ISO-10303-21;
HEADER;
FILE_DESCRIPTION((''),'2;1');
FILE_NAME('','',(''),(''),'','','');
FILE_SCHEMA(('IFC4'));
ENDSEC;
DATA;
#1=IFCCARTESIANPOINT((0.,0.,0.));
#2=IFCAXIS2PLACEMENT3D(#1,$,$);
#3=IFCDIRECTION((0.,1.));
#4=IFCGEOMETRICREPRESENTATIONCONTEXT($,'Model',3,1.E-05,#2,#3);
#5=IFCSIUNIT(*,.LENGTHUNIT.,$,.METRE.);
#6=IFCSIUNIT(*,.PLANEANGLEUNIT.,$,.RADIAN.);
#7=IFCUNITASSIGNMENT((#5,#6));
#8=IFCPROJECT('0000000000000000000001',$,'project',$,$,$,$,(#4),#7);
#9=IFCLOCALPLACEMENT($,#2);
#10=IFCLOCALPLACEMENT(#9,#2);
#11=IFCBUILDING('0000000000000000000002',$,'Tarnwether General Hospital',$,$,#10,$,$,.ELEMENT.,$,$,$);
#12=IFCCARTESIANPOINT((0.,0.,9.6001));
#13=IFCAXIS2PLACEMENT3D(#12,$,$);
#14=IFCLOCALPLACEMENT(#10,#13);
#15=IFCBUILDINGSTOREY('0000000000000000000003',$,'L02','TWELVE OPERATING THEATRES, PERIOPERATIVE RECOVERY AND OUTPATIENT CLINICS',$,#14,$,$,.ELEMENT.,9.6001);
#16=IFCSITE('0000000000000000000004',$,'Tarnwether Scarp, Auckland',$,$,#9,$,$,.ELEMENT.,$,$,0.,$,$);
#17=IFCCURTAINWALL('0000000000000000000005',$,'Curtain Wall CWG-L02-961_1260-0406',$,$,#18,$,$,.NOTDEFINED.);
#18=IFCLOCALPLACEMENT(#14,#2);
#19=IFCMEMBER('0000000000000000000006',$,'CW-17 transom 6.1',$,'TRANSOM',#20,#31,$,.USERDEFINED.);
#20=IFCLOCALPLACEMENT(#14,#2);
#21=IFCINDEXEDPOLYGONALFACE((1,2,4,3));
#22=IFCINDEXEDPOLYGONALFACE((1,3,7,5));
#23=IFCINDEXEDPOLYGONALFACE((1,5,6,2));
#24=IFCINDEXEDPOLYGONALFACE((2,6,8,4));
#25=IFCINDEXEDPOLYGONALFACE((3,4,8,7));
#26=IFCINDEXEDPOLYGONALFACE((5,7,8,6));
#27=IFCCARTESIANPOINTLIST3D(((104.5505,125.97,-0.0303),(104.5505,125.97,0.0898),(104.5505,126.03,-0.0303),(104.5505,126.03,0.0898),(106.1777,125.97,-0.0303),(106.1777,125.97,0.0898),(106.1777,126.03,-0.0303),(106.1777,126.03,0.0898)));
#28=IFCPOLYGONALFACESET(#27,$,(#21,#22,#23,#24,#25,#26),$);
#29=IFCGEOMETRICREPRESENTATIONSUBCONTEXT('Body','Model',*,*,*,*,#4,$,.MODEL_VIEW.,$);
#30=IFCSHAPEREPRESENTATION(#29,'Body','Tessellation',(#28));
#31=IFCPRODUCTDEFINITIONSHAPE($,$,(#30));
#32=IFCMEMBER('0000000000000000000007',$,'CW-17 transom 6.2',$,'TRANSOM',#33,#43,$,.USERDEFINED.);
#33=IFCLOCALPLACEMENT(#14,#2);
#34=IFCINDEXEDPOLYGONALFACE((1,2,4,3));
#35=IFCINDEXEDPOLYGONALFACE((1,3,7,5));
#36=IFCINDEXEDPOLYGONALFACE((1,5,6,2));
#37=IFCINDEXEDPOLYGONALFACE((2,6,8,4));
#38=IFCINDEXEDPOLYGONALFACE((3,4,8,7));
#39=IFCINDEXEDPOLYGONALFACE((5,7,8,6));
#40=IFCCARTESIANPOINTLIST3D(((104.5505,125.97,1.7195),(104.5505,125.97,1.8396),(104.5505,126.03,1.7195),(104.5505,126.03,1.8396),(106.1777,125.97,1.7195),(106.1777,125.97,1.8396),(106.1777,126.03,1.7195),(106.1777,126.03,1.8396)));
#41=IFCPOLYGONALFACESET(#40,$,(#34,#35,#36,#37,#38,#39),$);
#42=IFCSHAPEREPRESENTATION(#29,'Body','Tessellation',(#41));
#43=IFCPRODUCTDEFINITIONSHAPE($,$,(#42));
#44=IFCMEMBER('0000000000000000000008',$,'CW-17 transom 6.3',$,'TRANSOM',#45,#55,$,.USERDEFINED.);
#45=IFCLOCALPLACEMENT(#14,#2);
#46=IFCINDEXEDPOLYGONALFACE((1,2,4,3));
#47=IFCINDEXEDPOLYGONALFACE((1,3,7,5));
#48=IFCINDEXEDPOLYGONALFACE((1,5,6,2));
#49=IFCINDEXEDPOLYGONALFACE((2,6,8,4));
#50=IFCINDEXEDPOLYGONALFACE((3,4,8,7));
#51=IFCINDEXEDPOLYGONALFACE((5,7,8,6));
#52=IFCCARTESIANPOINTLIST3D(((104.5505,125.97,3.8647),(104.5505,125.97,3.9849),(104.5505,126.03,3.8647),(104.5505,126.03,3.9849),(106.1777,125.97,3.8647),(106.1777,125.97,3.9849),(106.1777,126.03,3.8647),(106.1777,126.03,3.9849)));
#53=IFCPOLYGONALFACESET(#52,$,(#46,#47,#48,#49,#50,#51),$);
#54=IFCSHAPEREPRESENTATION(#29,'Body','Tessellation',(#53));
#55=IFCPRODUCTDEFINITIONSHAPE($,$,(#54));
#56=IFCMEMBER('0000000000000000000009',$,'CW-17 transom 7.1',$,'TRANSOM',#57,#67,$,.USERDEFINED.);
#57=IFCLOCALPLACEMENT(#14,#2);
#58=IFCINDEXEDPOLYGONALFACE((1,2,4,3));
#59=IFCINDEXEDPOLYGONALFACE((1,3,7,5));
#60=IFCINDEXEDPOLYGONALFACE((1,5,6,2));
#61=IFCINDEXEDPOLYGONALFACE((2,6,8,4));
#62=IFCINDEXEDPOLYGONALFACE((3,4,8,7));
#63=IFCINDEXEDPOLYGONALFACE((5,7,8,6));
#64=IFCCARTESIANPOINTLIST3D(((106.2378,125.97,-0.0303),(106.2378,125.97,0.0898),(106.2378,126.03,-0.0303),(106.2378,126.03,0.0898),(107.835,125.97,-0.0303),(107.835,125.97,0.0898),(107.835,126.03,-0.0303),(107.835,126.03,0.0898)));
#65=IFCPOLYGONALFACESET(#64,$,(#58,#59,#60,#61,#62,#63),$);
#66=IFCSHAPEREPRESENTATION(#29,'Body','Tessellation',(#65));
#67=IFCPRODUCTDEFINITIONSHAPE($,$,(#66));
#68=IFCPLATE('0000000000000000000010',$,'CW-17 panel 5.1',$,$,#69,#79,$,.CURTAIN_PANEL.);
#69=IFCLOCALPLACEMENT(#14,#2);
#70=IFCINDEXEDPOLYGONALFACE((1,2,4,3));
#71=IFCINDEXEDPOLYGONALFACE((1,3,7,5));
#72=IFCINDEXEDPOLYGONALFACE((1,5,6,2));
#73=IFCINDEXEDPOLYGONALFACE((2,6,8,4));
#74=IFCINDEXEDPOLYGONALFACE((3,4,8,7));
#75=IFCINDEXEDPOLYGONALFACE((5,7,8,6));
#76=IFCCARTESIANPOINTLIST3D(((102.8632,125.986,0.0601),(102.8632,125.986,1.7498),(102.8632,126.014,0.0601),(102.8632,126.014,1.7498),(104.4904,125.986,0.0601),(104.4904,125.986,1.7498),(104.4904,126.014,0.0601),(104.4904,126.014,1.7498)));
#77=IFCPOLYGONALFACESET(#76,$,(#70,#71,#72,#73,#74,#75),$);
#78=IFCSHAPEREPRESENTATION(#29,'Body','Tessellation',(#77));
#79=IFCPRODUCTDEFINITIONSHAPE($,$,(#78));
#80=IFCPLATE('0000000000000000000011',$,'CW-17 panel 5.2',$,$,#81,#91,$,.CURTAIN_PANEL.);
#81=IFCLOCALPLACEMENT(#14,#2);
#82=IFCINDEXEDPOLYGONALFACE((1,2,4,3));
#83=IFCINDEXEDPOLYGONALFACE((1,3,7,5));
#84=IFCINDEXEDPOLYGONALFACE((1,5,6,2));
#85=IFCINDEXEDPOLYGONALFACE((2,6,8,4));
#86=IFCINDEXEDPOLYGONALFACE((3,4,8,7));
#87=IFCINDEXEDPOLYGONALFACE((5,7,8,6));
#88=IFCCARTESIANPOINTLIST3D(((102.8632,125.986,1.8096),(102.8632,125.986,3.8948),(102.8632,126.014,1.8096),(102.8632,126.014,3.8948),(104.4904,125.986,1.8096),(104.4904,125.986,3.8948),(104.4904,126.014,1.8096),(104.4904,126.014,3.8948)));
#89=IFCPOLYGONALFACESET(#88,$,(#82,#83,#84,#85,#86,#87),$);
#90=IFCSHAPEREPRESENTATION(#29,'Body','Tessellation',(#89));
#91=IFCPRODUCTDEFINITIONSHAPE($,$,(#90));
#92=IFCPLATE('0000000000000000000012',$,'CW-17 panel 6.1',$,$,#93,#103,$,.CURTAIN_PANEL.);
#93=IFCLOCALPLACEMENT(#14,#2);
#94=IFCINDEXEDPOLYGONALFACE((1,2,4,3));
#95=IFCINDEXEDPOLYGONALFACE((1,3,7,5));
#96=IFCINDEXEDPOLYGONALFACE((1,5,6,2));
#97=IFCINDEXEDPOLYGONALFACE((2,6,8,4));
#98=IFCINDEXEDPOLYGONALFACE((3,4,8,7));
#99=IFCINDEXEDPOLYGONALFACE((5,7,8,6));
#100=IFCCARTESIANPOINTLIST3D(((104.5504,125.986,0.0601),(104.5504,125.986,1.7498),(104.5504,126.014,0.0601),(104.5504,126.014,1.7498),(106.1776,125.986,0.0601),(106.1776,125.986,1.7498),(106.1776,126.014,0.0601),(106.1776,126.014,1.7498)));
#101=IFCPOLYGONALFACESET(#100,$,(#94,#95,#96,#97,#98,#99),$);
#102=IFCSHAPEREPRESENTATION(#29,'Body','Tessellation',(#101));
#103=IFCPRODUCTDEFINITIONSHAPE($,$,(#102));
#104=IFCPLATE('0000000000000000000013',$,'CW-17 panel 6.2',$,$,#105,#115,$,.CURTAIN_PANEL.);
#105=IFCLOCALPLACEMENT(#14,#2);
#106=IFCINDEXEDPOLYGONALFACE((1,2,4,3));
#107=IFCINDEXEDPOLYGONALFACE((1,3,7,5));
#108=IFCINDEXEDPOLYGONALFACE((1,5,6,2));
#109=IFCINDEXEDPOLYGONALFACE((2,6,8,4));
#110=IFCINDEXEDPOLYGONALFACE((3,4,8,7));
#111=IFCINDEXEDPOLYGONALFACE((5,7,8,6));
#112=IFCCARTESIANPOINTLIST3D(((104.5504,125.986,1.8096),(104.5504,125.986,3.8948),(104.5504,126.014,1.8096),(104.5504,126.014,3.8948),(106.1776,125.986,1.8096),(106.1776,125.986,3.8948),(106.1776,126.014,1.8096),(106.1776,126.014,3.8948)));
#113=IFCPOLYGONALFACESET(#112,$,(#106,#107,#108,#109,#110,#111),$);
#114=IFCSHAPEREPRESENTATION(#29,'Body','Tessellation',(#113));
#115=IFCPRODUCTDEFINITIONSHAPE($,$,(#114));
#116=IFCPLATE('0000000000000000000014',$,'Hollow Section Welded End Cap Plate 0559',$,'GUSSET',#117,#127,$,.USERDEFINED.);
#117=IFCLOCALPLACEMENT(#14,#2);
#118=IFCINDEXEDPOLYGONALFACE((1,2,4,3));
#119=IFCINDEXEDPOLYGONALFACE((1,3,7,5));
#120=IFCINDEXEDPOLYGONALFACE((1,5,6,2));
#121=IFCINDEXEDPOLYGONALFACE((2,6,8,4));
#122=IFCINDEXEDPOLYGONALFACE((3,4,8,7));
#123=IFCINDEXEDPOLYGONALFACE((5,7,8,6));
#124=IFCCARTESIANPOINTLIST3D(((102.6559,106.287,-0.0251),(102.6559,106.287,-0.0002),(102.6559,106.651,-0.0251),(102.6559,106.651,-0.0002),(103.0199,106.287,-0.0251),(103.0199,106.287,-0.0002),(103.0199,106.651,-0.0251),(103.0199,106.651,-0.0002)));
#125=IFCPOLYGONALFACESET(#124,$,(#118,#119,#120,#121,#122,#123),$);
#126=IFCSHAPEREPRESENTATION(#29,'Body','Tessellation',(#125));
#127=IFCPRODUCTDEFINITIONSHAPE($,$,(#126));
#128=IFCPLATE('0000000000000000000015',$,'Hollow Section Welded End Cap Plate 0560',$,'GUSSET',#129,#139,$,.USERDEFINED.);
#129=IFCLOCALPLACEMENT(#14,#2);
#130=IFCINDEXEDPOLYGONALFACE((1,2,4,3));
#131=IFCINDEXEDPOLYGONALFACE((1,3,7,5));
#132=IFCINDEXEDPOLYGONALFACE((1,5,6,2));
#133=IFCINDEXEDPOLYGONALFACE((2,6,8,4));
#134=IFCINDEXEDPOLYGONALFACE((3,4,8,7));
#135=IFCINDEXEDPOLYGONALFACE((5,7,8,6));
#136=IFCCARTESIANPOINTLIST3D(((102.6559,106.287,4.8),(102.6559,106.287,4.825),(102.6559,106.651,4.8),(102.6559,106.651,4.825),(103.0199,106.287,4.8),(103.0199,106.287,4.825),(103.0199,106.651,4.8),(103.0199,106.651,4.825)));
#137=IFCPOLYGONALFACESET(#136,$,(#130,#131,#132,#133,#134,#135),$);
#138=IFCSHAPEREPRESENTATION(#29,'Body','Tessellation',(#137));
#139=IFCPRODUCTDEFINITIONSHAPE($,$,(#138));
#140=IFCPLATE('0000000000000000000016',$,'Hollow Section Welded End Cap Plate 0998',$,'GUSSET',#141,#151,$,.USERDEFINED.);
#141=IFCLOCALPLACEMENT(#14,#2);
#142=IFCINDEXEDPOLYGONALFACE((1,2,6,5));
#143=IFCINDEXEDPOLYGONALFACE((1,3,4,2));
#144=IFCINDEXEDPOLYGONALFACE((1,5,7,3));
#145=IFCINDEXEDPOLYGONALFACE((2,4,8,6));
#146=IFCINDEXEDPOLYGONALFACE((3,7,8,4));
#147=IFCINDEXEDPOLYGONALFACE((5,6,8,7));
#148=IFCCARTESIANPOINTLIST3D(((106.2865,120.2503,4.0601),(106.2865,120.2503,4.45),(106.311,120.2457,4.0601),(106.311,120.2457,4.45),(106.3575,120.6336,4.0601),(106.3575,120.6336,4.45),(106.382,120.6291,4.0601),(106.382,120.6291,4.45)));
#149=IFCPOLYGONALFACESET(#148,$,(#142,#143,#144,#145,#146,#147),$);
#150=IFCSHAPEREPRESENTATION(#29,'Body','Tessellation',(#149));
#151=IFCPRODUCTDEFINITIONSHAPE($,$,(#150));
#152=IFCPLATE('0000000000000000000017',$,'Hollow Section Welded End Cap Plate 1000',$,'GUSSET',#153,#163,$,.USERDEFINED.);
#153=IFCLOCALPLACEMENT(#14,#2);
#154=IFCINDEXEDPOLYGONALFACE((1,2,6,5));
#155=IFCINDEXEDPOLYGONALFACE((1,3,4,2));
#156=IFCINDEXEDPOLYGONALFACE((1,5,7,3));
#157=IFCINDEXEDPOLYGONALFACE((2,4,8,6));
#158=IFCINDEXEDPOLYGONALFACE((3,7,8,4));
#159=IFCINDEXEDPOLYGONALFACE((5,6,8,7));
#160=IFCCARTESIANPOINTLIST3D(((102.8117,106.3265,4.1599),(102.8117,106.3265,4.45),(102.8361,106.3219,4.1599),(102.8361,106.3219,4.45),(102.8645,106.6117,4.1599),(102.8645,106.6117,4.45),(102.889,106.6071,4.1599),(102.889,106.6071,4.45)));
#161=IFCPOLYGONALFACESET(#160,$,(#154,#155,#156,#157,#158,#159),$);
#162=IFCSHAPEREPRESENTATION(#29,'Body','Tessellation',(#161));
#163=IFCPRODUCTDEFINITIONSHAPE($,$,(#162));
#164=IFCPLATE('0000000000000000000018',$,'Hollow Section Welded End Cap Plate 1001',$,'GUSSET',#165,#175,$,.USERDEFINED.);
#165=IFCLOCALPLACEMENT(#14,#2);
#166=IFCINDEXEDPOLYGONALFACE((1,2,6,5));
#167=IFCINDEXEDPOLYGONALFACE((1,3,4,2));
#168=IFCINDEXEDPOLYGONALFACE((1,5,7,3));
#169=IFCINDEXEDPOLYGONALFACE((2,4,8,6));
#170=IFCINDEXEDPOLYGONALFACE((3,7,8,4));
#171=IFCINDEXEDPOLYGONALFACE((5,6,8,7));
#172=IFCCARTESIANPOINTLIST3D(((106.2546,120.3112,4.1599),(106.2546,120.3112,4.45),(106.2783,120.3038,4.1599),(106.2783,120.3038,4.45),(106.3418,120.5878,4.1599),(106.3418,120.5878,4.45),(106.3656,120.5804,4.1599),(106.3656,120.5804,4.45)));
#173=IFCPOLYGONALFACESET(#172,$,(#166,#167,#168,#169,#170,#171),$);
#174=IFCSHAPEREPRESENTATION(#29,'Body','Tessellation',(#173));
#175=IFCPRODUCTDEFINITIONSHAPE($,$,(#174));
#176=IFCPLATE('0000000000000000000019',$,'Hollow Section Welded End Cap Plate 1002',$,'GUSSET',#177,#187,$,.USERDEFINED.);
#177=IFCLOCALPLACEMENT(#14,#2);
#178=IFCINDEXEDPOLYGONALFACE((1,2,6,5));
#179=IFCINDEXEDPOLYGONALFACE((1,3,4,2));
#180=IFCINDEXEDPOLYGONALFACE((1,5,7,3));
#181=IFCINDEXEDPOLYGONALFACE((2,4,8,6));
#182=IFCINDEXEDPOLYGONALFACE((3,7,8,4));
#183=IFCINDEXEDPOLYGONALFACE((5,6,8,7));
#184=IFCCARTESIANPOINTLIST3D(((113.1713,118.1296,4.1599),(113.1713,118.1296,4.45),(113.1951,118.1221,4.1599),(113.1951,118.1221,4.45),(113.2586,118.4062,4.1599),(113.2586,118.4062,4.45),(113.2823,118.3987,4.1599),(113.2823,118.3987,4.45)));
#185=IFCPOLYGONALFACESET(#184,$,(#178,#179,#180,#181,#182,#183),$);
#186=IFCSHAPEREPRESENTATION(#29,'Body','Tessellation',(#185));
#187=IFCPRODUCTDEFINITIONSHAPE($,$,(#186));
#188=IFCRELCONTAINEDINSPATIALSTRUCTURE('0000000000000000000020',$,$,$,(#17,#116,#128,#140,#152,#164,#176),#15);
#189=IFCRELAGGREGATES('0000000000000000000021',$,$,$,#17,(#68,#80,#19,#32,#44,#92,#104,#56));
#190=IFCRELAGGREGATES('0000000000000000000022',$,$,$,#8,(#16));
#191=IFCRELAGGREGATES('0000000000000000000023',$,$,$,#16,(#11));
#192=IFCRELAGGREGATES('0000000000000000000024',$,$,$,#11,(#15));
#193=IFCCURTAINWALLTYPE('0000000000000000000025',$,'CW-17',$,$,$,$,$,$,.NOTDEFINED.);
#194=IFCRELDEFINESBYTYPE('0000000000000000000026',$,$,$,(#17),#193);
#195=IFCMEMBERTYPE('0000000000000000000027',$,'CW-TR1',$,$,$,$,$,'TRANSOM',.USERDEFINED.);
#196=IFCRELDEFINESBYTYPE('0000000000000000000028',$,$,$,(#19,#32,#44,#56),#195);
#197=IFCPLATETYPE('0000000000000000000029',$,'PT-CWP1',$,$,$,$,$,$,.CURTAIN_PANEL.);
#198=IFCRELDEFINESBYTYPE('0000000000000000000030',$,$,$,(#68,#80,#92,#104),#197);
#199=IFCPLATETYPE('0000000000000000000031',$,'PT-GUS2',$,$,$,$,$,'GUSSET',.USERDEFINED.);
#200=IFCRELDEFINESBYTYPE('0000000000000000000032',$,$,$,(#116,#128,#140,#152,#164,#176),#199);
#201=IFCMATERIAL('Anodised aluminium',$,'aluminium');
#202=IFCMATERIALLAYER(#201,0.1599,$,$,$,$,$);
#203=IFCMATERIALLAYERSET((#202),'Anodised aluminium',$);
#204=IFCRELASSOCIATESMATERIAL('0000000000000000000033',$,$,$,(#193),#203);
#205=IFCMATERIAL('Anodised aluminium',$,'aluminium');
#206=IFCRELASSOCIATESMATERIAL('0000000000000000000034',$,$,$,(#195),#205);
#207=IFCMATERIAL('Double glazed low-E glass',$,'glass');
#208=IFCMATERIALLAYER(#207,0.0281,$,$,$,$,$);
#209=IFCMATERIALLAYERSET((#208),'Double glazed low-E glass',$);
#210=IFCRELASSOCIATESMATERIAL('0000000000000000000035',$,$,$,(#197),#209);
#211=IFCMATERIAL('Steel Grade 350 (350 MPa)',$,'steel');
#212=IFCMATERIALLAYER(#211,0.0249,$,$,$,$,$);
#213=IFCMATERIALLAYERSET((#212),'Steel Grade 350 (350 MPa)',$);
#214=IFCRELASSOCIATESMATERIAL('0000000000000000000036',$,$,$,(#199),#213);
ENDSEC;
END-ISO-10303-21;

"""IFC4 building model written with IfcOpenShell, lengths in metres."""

from ifc_helpers import new_model, si_unit, direction, frame, origin, origin_2d, place, context, subcontext, project, spatial, rectangle, extrude, material, layer, layer_set, material_profile, profile_set, type_object, element, aggregate, save


model = new_model("IFC4")

# Units and contexts
model_context = context("Model", 3, precision=1e-05, world=origin(), true_north=direction((0.0, 1.0)))
body_context = subcontext(model_context, "Body", "Model", "MODEL_VIEW")
ifc_project = project(units=[si_unit("LENGTHUNIT", "METRE"), si_unit("PLANEANGLEUNIT", "RADIAN")], contexts=[model_context])

# Site, building, storey
site_placement = place(None, origin())
site = spatial("IfcSite", under=ifc_project, at=site_placement, Name="Tarnwether Scarp, Auckland", CompositionType="ELEMENT", RefElevation=0.0)
building_placement = place(site_placement, origin())
building = spatial("IfcBuilding", under=site, at=building_placement, Name="Tarnwether General Hospital", CompositionType="ELEMENT")
storey_placement = place(building_placement, frame((0.0, 0.0, 9.6001)))
storey = spatial("IfcBuildingStorey", under=building, at=storey_placement, Name="L02", Description="TWELVE OPERATING THEATRES, PERIOPERATIVE RECOVERY AND OUTPATIENT CLINICS", CompositionType="ELEMENT", Elevation=9.6001)

# Curtain wall, members, plates
ifc_material_1 = material(Name="Anodised aluminium", Category="aluminium")
ifc_layer_1 = layer(ifc_material_1, 0.1599)
ifc_layer_set_1 = layer_set([ifc_layer_1], Name="Anodised aluminium")
curtain_wall_type = type_object("IfcCurtainWallType", Name="CW-17", PredefinedType="NOTDEFINED", material=ifc_layer_set_1)
curtain_wall_placement = place(storey_placement, origin())
curtain_wall = element("IfcCurtainWall", 1, at=curtain_wall_placement, inside=storey, type_object=curtain_wall_type, Name="Curtain Wall CWG-L02-961_1260-0406", PredefinedType="NOTDEFINED")
ifc_material_2 = material(Name="Anodised aluminium", Category="aluminium")
ifc_material_profile_1 = material_profile(ifc_material_2, rectangle(XDim=0.0601, YDim=0.1201, at=origin_2d()), Name="ALU-TRN-60x120")
ifc_profile_set_1 = profile_set([ifc_material_profile_1], Name="Anodised aluminium")
member_type_1 = type_object("IfcMemberType", Name="CW-TR1", ElementType="TRANSOM", PredefinedType="USERDEFINED", material=ifc_profile_set_1)
member_1_placement = place(storey_placement, frame((104.5505, 126.0, 0.0298), z_axis=(1.0, 0.0, 0.0), x_axis=(0.0, 1.0, 0.0)))
member_1 = element("IfcMember", 2, at=member_1_placement, type_object=member_type_1, Name="CW-17 transom 6.1", ObjectType="TRANSOM", PredefinedType="USERDEFINED", context=body_context, shape_type="SweptSolid", body=[
    extrude(rectangle(XDim=0.0601, YDim=0.1201, at=origin_2d()), origin(), (0.0, 0.0, 1.0), 1.6272),
])
member_2_placement = place(storey_placement, frame((104.5505, 126.0, 1.7795), z_axis=(1.0, 0.0, 0.0), x_axis=(0.0, 1.0, 0.0)))
member_2 = element("IfcMember", 3, at=member_2_placement, type_object=member_type_1, Name="CW-17 transom 6.2", ObjectType="TRANSOM", PredefinedType="USERDEFINED", context=body_context, shape_type="SweptSolid", body=[
    extrude(rectangle(XDim=0.0601, YDim=0.1201, at=origin_2d()), origin(), (0.0, 0.0, 1.0), 1.6272),
])
member_3_placement = place(storey_placement, frame((104.5505, 126.0, 3.9248), z_axis=(1.0, 0.0, 0.0), x_axis=(0.0, 1.0, 0.0)))
member_3 = element("IfcMember", 4, at=member_3_placement, type_object=member_type_1, Name="CW-17 transom 6.3", ObjectType="TRANSOM", PredefinedType="USERDEFINED", context=body_context, shape_type="SweptSolid", body=[
    extrude(rectangle(XDim=0.0601, YDim=0.1201, at=origin_2d()), origin(), (0.0, 0.0, 1.0), 1.6272),
])
member_4_placement = place(storey_placement, frame((106.2378, 126.0, 0.0298), z_axis=(1.0, 0.0, 0.0), x_axis=(0.0, 1.0, 0.0)))
member_4 = element("IfcMember", 5, at=member_4_placement, type_object=member_type_1, Name="CW-17 transom 7.1", ObjectType="TRANSOM", PredefinedType="USERDEFINED", context=body_context, shape_type="SweptSolid", body=[
    extrude(rectangle(XDim=0.0601, YDim=0.1201, at=origin_2d()), origin(), (0.0, 0.0, 1.0), 1.5972),
])
ifc_material_3 = material(Name="Double glazed low-E glass", Category="glass")
ifc_layer_2 = layer(ifc_material_3, 0.0281)
ifc_layer_set_2 = layer_set([ifc_layer_2], Name="Double glazed low-E glass")
plate_type_1 = type_object("IfcPlateType", Name="PT-CWP1", PredefinedType="CURTAIN_PANEL", material=ifc_layer_set_2)
plate_1_placement = place(storey_placement, frame((103.6768, 126.0, 0.0601), z_axis=(0.0, 0.0, 1.0), x_axis=(1.0, 0.0, 0.0)))
plate_1 = element("IfcPlate", 6, at=plate_1_placement, type_object=plate_type_1, Name="CW-17 panel 5.1", PredefinedType="CURTAIN_PANEL", context=body_context, shape_type="SweptSolid", body=[
    extrude(rectangle(XDim=1.6272, YDim=0.0281, at=origin_2d()), origin(), (0.0, 0.0, 1.0), 1.6897),
])
plate_2_placement = place(storey_placement, frame((103.6768, 126.0, 1.8096), z_axis=(0.0, 0.0, 1.0), x_axis=(1.0, 0.0, 0.0)))
plate_2 = element("IfcPlate", 7, at=plate_2_placement, type_object=plate_type_1, Name="CW-17 panel 5.2", PredefinedType="CURTAIN_PANEL", context=body_context, shape_type="SweptSolid", body=[
    extrude(rectangle(XDim=1.6272, YDim=0.0281, at=origin_2d()), origin(), (0.0, 0.0, 1.0), 2.0852),
])
plate_3_placement = place(storey_placement, frame((105.364, 126.0, 0.0601), z_axis=(0.0, 0.0, 1.0), x_axis=(1.0, 0.0, 0.0)))
plate_3 = element("IfcPlate", 8, at=plate_3_placement, type_object=plate_type_1, Name="CW-17 panel 6.1", PredefinedType="CURTAIN_PANEL", context=body_context, shape_type="SweptSolid", body=[
    extrude(rectangle(XDim=1.6272, YDim=0.0281, at=origin_2d()), origin(), (0.0, 0.0, 1.0), 1.6897),
])
plate_4_placement = place(storey_placement, frame((105.364, 126.0, 1.8096), z_axis=(0.0, 0.0, 1.0), x_axis=(1.0, 0.0, 0.0)))
plate_4 = element("IfcPlate", 9, at=plate_4_placement, type_object=plate_type_1, Name="CW-17 panel 6.2", PredefinedType="CURTAIN_PANEL", context=body_context, shape_type="SweptSolid", body=[
    extrude(rectangle(XDim=1.6272, YDim=0.0281, at=origin_2d()), origin(), (0.0, 0.0, 1.0), 2.0852),
])
aggregate(curtain_wall, [plate_1, plate_2, member_1, member_2, member_3, plate_3, plate_4, member_4])

# Plates
ifc_material_4 = material(Name="Steel Grade 350 (350 MPa)", Category="steel")
ifc_layer_3 = layer(ifc_material_4, 0.0249)
ifc_layer_set_3 = layer_set([ifc_layer_3], Name="Steel Grade 350 (350 MPa)")
plate_type_2 = type_object("IfcPlateType", Name="PT-GUS2", ElementType="GUSSET", PredefinedType="USERDEFINED", material=ifc_layer_set_3)
for number, where, z_axis, x_axis, name in (
    (10, (102.8379, 106.469, -0.0251), (0.0, 0.0, 1.0), (1.0, 0.0, 0.0), "Hollow Section Welded End Cap Plate 0559"),
    (11, (102.8379, 106.469, 4.8), (0.0, 0.0, 1.0), (1.0, 0.0, 0.0), "Hollow Section Welded End Cap Plate 0560"),
):
    element("IfcPlate", number, at=place(storey_placement, frame(where, z_axis=z_axis, x_axis=x_axis)), inside=storey, type_object=plate_type_2, Name=name, ObjectType="GUSSET", PredefinedType="USERDEFINED", context=body_context, shape_type="SweptSolid", body=[
        extrude(rectangle(XDim=0.364, YDim=0.364, at=origin_2d()), origin(), (0.0, 0.0, 1.0), 0.0249),
    ])
plate_5_placement = place(storey_placement, frame((106.3342, 120.4397, 4.0601), z_axis=(0.0, 0.0, 1.0), x_axis=(0.983261, -0.182201, 0.0)))
element("IfcPlate", 12, at=plate_5_placement, inside=storey, type_object=plate_type_2, Name="Hollow Section Welded End Cap Plate 0998", ObjectType="GUSSET", PredefinedType="USERDEFINED", context=body_context, shape_type="SweptSolid", body=[
    extrude(rectangle(XDim=0.0249, YDim=0.3899, at=origin_2d()), origin(), (0.0, 0.0, 1.0), 0.3899),
])
for number, where, z_axis, x_axis, name in (
    (13, (102.8503, 106.4668, 4.1599), (0.0, 0.0, 1.0), (0.983245, -0.182287, 0.0), "Hollow Section Welded End Cap Plate 1000"),
    (14, (106.3101, 120.4458, 4.1599), (0.0, 0.0, 1.0), (0.953691, -0.300789, 0.0), "Hollow Section Welded End Cap Plate 1001"),
    (15, (113.2268, 118.2642, 4.1599), (0.0, 0.0, 1.0), (0.953691, -0.300789, 0.0), "Hollow Section Welded End Cap Plate 1002"),
):
    element("IfcPlate", number, at=place(storey_placement, frame(where, z_axis=z_axis, x_axis=x_axis)), inside=storey, type_object=plate_type_2, Name=name, ObjectType="GUSSET", PredefinedType="USERDEFINED", context=body_context, shape_type="SweptSolid", body=[
        extrude(rectangle(XDim=0.0249, YDim=0.29, at=origin_2d()), origin(), (0.0, 0.0, 1.0), 0.29),
    ])

save(model, "model.ifc")
